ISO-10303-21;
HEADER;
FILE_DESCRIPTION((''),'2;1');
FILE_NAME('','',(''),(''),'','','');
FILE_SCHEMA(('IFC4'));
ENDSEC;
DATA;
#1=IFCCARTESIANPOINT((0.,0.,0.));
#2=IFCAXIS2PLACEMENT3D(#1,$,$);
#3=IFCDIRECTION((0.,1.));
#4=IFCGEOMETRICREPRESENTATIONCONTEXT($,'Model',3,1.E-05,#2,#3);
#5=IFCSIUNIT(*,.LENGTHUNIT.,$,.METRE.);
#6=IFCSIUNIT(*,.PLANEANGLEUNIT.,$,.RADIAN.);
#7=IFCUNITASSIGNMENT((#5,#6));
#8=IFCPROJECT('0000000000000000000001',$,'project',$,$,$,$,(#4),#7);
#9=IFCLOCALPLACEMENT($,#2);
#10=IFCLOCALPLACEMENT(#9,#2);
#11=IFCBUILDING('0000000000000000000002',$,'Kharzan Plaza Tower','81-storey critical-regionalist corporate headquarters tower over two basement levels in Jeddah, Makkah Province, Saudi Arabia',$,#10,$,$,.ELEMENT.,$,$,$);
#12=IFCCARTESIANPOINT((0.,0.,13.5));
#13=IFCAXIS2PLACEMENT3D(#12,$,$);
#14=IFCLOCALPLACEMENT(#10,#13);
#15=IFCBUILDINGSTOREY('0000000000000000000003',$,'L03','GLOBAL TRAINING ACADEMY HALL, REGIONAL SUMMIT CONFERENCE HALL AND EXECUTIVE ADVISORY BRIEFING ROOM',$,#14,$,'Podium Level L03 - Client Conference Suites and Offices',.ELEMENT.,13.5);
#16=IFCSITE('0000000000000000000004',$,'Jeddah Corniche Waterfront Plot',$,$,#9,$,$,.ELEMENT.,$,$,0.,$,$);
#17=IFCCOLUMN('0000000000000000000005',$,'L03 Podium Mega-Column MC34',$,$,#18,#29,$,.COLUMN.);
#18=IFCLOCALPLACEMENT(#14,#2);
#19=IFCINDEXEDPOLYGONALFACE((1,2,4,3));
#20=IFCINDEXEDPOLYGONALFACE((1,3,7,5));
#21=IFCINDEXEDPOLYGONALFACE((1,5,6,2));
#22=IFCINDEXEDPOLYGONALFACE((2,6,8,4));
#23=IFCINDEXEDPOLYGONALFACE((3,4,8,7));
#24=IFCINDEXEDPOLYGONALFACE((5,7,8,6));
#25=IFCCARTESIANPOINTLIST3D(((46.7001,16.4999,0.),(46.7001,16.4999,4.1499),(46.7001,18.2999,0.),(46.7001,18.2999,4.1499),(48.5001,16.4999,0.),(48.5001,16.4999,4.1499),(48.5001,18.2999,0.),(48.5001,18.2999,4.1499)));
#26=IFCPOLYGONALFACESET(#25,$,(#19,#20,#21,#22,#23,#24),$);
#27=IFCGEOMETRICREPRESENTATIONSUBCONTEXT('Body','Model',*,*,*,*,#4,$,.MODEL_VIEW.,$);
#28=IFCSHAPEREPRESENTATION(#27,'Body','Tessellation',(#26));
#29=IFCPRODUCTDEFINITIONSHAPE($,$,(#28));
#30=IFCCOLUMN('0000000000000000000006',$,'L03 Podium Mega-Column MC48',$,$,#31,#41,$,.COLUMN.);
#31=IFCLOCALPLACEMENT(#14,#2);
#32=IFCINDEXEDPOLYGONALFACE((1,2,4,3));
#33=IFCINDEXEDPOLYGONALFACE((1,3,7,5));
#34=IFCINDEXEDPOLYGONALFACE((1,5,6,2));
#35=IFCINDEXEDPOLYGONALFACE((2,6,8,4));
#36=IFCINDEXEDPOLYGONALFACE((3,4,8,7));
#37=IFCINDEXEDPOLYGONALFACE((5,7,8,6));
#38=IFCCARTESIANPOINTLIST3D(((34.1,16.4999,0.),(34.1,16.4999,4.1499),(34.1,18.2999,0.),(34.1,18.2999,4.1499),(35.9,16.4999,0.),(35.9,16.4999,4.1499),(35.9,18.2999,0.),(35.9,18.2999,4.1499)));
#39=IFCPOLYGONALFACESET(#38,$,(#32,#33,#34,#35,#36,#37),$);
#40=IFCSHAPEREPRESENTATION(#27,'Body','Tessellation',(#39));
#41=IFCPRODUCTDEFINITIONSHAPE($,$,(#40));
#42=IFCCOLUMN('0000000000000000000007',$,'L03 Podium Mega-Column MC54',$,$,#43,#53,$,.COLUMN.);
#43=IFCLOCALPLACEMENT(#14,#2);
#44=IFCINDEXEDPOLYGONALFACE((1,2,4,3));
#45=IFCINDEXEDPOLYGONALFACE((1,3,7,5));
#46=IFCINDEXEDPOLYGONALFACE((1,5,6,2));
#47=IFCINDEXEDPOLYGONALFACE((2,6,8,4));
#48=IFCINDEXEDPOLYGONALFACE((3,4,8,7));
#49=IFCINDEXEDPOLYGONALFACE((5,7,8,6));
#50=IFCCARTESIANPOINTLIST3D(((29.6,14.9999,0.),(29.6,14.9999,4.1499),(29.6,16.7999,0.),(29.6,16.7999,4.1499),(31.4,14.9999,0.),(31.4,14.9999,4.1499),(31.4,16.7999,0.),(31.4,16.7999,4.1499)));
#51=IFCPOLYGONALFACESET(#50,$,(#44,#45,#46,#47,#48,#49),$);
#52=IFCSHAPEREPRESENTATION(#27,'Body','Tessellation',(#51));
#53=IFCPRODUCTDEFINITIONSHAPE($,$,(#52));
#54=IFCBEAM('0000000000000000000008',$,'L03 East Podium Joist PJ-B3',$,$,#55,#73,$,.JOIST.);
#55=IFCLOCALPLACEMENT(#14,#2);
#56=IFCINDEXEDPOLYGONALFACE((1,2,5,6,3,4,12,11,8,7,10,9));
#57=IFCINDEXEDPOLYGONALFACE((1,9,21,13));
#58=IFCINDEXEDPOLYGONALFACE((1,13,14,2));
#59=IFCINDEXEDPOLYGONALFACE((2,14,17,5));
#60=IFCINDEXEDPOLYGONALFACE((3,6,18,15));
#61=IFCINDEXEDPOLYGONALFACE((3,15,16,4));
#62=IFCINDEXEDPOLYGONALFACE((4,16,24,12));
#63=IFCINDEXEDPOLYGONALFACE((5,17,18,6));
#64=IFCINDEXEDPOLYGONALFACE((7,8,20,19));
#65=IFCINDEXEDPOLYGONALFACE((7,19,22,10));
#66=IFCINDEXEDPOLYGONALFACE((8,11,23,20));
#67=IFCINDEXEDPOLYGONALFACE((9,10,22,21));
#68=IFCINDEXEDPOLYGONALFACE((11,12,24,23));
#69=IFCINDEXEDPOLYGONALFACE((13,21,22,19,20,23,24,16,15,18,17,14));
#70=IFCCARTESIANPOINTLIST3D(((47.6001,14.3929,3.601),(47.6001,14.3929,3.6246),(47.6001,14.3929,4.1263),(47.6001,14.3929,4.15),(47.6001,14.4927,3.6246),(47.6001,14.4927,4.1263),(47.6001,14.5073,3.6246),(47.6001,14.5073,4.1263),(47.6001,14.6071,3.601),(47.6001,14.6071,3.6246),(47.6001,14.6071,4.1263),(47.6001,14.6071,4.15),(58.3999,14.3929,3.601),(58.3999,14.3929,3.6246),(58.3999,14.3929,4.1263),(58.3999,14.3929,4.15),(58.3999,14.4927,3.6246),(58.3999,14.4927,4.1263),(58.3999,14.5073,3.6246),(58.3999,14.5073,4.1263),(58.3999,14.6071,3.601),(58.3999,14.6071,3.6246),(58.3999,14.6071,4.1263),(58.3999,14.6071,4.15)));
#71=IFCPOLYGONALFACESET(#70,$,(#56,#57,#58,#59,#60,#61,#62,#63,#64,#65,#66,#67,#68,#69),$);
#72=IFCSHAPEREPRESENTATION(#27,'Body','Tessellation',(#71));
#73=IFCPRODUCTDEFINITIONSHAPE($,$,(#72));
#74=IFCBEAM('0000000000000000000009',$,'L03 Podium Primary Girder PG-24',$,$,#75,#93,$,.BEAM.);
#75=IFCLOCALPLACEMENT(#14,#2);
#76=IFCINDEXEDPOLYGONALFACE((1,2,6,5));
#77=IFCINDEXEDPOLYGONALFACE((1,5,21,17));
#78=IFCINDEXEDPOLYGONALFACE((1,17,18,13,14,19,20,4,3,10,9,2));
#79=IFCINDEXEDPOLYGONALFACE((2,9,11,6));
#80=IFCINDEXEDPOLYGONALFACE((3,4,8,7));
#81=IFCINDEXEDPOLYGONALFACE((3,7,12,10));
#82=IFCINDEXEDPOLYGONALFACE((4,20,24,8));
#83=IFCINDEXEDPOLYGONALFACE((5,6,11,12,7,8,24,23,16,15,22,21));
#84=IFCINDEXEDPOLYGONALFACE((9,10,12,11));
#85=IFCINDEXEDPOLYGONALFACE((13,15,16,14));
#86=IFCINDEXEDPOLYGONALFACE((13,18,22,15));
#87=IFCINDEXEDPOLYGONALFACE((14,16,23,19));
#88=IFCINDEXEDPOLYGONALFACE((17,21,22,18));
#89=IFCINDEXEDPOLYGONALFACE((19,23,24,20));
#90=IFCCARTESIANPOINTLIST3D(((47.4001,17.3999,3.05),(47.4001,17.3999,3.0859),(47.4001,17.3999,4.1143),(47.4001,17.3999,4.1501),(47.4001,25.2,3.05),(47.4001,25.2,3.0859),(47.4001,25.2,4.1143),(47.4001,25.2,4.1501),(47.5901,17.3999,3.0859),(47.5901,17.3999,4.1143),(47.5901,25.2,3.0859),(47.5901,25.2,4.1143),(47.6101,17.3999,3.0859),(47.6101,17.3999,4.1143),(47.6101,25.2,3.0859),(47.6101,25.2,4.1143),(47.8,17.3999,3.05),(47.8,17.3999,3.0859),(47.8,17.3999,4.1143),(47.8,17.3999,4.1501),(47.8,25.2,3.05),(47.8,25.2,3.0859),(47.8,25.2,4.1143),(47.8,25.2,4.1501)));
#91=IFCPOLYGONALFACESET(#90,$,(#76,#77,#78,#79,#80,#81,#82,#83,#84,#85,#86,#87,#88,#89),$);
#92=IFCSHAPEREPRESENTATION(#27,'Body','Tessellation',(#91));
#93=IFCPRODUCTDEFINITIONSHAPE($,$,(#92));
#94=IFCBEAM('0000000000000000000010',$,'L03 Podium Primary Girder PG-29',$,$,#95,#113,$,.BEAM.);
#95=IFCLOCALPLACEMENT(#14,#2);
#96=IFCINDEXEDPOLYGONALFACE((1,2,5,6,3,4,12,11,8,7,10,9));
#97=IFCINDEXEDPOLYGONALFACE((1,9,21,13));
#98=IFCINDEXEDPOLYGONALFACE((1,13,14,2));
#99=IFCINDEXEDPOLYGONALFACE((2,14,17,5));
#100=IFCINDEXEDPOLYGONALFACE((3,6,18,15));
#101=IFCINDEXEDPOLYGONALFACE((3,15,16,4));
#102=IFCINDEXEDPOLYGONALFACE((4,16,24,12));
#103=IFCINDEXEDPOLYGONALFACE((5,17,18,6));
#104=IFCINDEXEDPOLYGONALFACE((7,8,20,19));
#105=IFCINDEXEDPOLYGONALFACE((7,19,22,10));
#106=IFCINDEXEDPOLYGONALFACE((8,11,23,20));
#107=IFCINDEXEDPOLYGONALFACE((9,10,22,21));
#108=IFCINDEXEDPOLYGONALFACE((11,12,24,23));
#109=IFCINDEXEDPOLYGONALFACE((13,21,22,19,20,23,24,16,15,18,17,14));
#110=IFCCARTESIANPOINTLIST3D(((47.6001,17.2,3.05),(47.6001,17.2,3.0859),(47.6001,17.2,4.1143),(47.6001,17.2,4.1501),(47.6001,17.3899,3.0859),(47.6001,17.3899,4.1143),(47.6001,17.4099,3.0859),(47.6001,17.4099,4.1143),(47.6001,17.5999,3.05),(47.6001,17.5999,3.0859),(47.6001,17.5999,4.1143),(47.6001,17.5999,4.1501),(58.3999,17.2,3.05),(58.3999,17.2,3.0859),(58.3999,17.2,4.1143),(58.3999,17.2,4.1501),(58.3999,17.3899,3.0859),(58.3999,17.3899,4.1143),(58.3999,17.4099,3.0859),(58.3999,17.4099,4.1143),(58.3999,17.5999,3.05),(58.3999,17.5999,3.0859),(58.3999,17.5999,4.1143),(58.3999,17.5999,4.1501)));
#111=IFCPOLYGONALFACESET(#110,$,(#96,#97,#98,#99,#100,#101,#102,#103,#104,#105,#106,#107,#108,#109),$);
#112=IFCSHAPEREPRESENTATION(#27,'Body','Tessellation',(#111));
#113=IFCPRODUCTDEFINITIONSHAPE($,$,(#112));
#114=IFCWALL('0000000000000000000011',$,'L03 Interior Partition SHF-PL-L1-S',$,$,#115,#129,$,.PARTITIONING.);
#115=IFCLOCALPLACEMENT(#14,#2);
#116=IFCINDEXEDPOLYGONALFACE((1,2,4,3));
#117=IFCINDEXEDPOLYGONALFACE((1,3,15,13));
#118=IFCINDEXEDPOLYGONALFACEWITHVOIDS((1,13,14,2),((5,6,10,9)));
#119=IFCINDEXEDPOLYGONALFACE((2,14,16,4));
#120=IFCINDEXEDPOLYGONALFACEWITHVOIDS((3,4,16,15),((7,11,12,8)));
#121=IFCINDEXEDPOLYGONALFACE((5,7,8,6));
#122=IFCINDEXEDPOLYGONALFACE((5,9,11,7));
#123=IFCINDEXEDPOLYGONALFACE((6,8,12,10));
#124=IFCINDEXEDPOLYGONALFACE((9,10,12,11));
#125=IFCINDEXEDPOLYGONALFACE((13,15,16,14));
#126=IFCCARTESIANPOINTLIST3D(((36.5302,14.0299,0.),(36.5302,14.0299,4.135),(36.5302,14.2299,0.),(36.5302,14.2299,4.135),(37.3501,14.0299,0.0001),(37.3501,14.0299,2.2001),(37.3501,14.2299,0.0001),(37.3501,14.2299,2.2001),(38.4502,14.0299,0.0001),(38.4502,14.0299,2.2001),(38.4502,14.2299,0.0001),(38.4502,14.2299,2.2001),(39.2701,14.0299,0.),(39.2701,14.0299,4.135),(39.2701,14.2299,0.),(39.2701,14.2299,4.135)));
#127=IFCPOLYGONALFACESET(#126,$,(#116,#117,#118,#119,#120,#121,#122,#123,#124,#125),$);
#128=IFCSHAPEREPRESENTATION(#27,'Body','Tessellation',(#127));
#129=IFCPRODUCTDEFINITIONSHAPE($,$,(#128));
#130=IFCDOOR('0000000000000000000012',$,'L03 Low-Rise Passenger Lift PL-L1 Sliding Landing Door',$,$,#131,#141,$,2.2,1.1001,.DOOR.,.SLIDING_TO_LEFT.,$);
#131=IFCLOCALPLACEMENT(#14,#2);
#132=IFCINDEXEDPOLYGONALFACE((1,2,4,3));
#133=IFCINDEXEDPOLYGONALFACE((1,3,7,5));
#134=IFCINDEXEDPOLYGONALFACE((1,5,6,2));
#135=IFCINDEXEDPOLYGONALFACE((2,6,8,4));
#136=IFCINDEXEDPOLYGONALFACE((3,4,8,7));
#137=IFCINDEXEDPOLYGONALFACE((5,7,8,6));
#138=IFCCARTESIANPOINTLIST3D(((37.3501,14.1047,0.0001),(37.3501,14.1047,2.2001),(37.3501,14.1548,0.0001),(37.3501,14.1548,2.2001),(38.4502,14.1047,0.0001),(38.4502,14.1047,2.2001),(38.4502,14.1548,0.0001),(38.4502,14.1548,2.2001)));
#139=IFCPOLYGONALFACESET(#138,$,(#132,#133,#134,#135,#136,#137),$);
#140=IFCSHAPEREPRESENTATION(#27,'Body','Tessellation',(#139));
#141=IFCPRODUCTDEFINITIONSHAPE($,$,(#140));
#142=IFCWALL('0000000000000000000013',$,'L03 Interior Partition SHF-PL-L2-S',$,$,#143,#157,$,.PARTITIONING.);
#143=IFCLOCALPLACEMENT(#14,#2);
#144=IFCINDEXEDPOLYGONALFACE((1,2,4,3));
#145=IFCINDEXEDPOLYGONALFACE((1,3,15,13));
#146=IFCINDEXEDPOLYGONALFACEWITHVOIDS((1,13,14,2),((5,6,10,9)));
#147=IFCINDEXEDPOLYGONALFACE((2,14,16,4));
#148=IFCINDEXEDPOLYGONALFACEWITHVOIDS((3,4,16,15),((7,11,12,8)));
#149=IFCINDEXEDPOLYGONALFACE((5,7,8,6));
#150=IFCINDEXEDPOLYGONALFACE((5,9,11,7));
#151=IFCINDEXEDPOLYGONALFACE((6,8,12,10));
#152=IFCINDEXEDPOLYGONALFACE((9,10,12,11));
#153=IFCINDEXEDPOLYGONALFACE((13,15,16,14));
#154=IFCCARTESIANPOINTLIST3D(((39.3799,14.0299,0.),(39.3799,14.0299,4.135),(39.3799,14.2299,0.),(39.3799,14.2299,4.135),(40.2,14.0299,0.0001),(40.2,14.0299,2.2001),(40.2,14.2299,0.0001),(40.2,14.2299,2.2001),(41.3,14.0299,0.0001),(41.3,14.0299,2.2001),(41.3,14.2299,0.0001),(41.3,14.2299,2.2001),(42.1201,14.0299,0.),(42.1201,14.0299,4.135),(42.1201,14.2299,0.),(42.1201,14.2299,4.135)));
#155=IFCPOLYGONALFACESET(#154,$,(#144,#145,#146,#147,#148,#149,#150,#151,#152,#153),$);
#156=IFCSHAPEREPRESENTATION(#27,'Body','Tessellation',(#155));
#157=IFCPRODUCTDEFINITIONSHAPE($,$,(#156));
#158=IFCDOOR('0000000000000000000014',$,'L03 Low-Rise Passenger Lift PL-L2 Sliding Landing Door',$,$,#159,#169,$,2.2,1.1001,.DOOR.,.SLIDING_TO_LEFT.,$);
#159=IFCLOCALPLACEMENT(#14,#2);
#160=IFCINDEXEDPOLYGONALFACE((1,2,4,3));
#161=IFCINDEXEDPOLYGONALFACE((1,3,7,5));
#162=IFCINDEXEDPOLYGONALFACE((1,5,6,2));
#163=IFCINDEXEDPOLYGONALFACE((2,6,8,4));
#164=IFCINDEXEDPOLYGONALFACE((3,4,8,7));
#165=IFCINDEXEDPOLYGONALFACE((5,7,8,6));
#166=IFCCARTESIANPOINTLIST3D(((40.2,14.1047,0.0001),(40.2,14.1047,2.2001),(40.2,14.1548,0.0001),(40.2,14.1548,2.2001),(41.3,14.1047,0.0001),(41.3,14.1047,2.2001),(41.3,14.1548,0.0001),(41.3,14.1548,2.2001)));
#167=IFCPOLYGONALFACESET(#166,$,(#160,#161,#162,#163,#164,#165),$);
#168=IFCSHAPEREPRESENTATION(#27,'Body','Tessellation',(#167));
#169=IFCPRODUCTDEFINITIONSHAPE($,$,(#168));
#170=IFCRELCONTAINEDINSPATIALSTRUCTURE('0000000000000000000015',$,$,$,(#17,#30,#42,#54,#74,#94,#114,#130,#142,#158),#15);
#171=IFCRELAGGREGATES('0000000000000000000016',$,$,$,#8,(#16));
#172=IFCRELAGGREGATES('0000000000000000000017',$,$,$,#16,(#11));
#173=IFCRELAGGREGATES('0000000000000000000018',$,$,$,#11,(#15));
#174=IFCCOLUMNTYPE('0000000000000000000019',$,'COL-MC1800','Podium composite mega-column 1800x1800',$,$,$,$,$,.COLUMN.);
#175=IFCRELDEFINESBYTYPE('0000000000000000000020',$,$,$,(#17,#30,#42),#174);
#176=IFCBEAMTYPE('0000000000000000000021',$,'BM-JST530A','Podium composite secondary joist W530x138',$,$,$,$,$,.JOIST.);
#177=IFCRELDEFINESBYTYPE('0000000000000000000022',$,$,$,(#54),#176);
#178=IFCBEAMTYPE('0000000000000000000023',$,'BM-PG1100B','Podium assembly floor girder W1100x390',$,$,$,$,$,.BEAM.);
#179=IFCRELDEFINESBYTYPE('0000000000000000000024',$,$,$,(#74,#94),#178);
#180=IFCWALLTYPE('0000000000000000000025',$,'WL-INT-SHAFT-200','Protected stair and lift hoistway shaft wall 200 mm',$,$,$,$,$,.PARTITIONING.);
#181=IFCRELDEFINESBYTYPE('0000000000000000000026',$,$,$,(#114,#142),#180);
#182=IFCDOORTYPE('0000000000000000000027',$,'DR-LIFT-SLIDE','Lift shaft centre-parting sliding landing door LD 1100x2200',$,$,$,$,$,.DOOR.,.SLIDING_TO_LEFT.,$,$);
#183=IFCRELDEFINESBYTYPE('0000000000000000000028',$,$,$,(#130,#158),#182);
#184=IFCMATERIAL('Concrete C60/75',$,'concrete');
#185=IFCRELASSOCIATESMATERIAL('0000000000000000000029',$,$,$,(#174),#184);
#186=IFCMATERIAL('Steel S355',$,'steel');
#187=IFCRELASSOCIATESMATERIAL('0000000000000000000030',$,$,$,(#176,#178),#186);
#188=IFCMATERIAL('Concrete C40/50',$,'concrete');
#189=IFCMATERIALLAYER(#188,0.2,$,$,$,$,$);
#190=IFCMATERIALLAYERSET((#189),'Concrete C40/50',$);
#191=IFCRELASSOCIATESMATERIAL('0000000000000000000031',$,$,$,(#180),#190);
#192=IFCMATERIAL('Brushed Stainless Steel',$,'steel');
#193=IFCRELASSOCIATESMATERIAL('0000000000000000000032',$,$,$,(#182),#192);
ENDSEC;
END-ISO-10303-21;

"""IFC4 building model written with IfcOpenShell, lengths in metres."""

from ifc_helpers import new_model, si_unit, direction, frame, frame_2d, origin, origin_2d, place, context, subcontext, project, spatial, rectangle, i_section, extrude, source, transform, mapped, material, layer, layer_set, material_profile, profile_set, type_object, element, fill, save


model = new_model("IFC4")

# Units and contexts
model_context = context("Model", 3, precision=1e-05, world=origin(), true_north=direction((0.0, 1.0)))
body_context = subcontext(model_context, "Body", "Model", "MODEL_VIEW")
ifc_project = project(units=[si_unit("LENGTHUNIT", "METRE"), si_unit("PLANEANGLEUNIT", "RADIAN")], contexts=[model_context])

# Site, building, storey
site_placement = place(None, origin())
site = spatial("IfcSite", under=ifc_project, at=site_placement, Name="Jeddah Corniche Waterfront Plot", CompositionType="ELEMENT", RefElevation=0.0)
building_placement = place(site_placement, origin())
building = spatial("IfcBuilding", under=site, at=building_placement, Name="Kharzan Plaza Tower", Description="81-storey critical-regionalist corporate headquarters tower over two basement levels in Jeddah, Makkah Province, Saudi Arabia", CompositionType="ELEMENT")
storey_placement = place(building_placement, frame((0.0, 0.0, 13.5)))
storey = spatial("IfcBuildingStorey", under=building, at=storey_placement, Name="L03", Description="GLOBAL TRAINING ACADEMY HALL, REGIONAL SUMMIT CONFERENCE HALL AND EXECUTIVE ADVISORY BRIEFING ROOM", LongName="Podium Level L03 - Client Conference Suites and Offices", CompositionType="ELEMENT", Elevation=13.5)

# Columns
ifc_material_1 = material(Name="Concrete C60/75", Category="concrete")
ifc_material_profile_1 = material_profile(ifc_material_1, rectangle(XDim=1.8, YDim=1.8, at=origin_2d()), Name="RC-MC1800x1800")
ifc_profile_set_1 = profile_set([ifc_material_profile_1], Name="Concrete C60/75")
column_type = type_object("IfcColumnType", Name="COL-MC1800", Description="Podium composite mega-column 1800x1800", PredefinedType="COLUMN", material=ifc_profile_set_1)
shared_shape_1 = source(origin(), body_context, "Body", "SweptSolid", [
    extrude(rectangle(XDim=1.8, YDim=1.8, at=origin_2d()), origin(), (0.0, 0.0, 1.0), 4.1499),
])
for number, where, z_axis, x_axis, name in (
    (1, (47.6001, 17.3999, 0.0), (0.0, 0.0, 1.0), (1.0, 0.0, 0.0), "L03 Podium Mega-Column MC34"),
    (2, (35.0, 17.3999, 0.0), (0.0, 0.0, 1.0), (1.0, 0.0, 0.0), "L03 Podium Mega-Column MC48"),
    (3, (30.5, 15.8999, 0.0), (0.0, 0.0, 1.0), (1.0, 0.0, 0.0), "L03 Podium Mega-Column MC54"),
):
    element("IfcColumn", number, at=place(storey_placement, frame(where, z_axis=z_axis, x_axis=x_axis)), inside=storey, type_object=column_type, Name=name, PredefinedType="COLUMN", context=body_context, shape_type="MappedRepresentation", body=[
        mapped(shared_shape_1, transform((0.0, 0.0, 0.0), x_axis=(1.0, 0.0, 0.0), y_axis=(0.0, 1.0, 0.0), z_axis=(0.0, 0.0, 1.0))),
    ])

# Beams
ifc_material_2 = material(Name="Steel S355", Category="steel")
ifc_material_profile_2 = material_profile(ifc_material_2, i_section(OverallWidth=0.2141, OverallDepth=0.5491, WebThickness=0.0146, FlangeThickness=0.0237, at=origin_2d()), Name="W530x138")
ifc_profile_set_2 = profile_set([ifc_material_profile_2], Name="Steel S355")
beam_type_1 = type_object("IfcBeamType", Name="BM-JST530A", Description="Podium composite secondary joist W530x138", PredefinedType="JOIST", material=ifc_profile_set_2)
shared_shape_2 = source(origin(), body_context, "Body", "SweptSolid", [
    extrude(i_section(OverallWidth=0.2141, OverallDepth=0.5491, WebThickness=0.0146, FlangeThickness=0.0237, at=origin_2d()), origin(), (0.0, 0.0, 1.0), 10.7998),
])
beam_1_placement = place(storey_placement, frame((47.6001, 14.5, 3.8755), z_axis=(1.0, 0.0, 0.0), x_axis=(0.0, 1.0, 0.0)))
element("IfcBeam", 4, at=beam_1_placement, inside=storey, type_object=beam_type_1, Name="L03 East Podium Joist PJ-B3", PredefinedType="JOIST", context=body_context, shape_type="MappedRepresentation", body=[
    mapped(shared_shape_2, transform((0.0, 0.0, 0.0), x_axis=(1.0, 0.0, 0.0), y_axis=(0.0, 1.0, 0.0), z_axis=(0.0, 0.0, 1.0))),
])
ifc_material_profile_3 = material_profile(ifc_material_2, i_section(OverallWidth=0.3999, OverallDepth=1.1001, WebThickness=0.02, FlangeThickness=0.0359, at=origin_2d()), Name="W1100x390")
ifc_profile_set_3 = profile_set([ifc_material_profile_3], Name="Steel S355")
beam_type_2 = type_object("IfcBeamType", Name="BM-PG1100B", Description="Podium assembly floor girder W1100x390", PredefinedType="BEAM", material=ifc_profile_set_3)
shared_shape_3 = source(origin(), body_context, "Body", "SweptSolid", [
    extrude(i_section(OverallWidth=0.3999, OverallDepth=1.1001, WebThickness=0.02, FlangeThickness=0.0359, at=origin_2d()), origin(), (0.0, 0.0, 1.0), 7.8),
])
beam_2_placement = place(storey_placement, frame((47.6001, 17.3999, 3.6001), z_axis=(0.0, 1.0, 0.0), x_axis=(-1.0, 0.0, 0.0)))
element("IfcBeam", 5, at=beam_2_placement, inside=storey, type_object=beam_type_2, Name="L03 Podium Primary Girder PG-24", PredefinedType="BEAM", context=body_context, shape_type="MappedRepresentation", body=[
    mapped(shared_shape_3, transform((0.0, 0.0, 0.0), x_axis=(1.0, 0.0, 0.0), y_axis=(0.0, 1.0, 0.0), z_axis=(0.0, 0.0, 1.0))),
])
shared_shape_4 = source(origin(), body_context, "Body", "SweptSolid", [
    extrude(i_section(OverallWidth=0.3999, OverallDepth=1.1001, WebThickness=0.02, FlangeThickness=0.0359, at=origin_2d()), origin(), (0.0, 0.0, 1.0), 10.7998),
])
beam_3_placement = place(storey_placement, frame((47.6001, 17.3999, 3.6001), z_axis=(1.0, 0.0, 0.0), x_axis=(0.0, 1.0, 0.0)))
element("IfcBeam", 6, at=beam_3_placement, inside=storey, type_object=beam_type_2, Name="L03 Podium Primary Girder PG-29", PredefinedType="BEAM", context=body_context, shape_type="MappedRepresentation", body=[
    mapped(shared_shape_4, transform((0.0, 0.0, 0.0), x_axis=(1.0, 0.0, 0.0), y_axis=(0.0, 1.0, 0.0), z_axis=(0.0, 0.0, 1.0))),
])

# Walls, openings, doors
ifc_material_3 = material(Name="Concrete C40/50", Category="concrete")
ifc_layer_1 = layer(ifc_material_3, 0.2)
ifc_layer_set_1 = layer_set([ifc_layer_1], Name="Concrete C40/50")
wall_type_1 = type_object("IfcWallType", Name="WL-INT-SHAFT-200", Description="Protected stair and lift hoistway shaft wall 200 mm", PredefinedType="PARTITIONING", material=ifc_layer_set_1)
wall_1_placement = place(storey_placement, frame((36.53, 14.1299, 0.0), z_axis=(0.0, 0.0, 1.0), x_axis=(1.0, 0.0, 0.0)))
wall_1 = element("IfcWall", 7, at=wall_1_placement, inside=storey, type_object=wall_type_1, Name="L03 Interior Partition SHF-PL-L1-S", PredefinedType="PARTITIONING", context=body_context, shape_type="SweptSolid", body=[
    extrude(rectangle(XDim=2.74, YDim=0.2, at=frame_2d((1.3701, 0.0))), origin(), (0.0, 0.0, 1.0), 4.135),
])
opening_1_placement = place(wall_1_placement, frame((0.8201, 0.0, 0.0)))
opening_1 = element("IfcOpeningElement", 8, at=opening_1_placement, cuts=wall_1, PredefinedType="OPENING", context=body_context, shape_type="SweptSolid", body=[
    extrude(rectangle(XDim=1.1001, YDim=2.2, at=frame_2d((0.55, 1.1001))), frame((0.0, 0.1099, 0.0), z_axis=(0.0, -1.0, 0.0), x_axis=(1.0, 0.0, 0.0)), (0.0, 0.0, 1.0), 0.22),
])
ifc_material_4 = material(Name="Brushed Stainless Steel", Category="steel")
door_type = type_object("IfcDoorType", Name="DR-LIFT-SLIDE", Description="Lift shaft centre-parting sliding landing door LD 1100x2200", OperationType="SLIDING_TO_LEFT", PredefinedType="DOOR", material=ifc_material_4)
shared_shape_5 = source(origin(), body_context, "Body", "SweptSolid", [
    extrude(rectangle(XDim=1.1001, YDim=2.2, at=frame_2d((0.55, 1.1001))), frame((0.0, 0.0249, 0.0), z_axis=(0.0, -1.0, 0.0), x_axis=(1.0, 0.0, 0.0)), (0.0, 0.0, 1.0), 0.05),
])
door_1_placement = place(opening_1_placement, origin())
door_1 = element("IfcDoor", 9, at=door_1_placement, inside=storey, type_object=door_type, Name="L03 Low-Rise Passenger Lift PL-L1 Sliding Landing Door", OperationType="SLIDING_TO_LEFT", OverallHeight=2.2, OverallWidth=1.1001, PredefinedType="DOOR", context=body_context, shape_type="MappedRepresentation", body=[
    mapped(shared_shape_5, transform((0.0, 0.0, 0.0), x_axis=(1.0, 0.0, 0.0), y_axis=(0.0, 1.0, 0.0), z_axis=(0.0, 0.0, 1.0))),
])
fill(opening_1, door_1)
wall_2_placement = place(storey_placement, frame((39.3799, 14.1299, 0.0), z_axis=(0.0, 0.0, 1.0), x_axis=(1.0, 0.0, 0.0)))
wall_2 = element("IfcWall", 10, at=wall_2_placement, inside=storey, type_object=wall_type_1, Name="L03 Interior Partition SHF-PL-L2-S", PredefinedType="PARTITIONING", context=body_context, shape_type="SweptSolid", body=[
    extrude(rectangle(XDim=2.7402, YDim=0.2, at=frame_2d((1.3701, 0.0))), origin(), (0.0, 0.0, 1.0), 4.135),
])
opening_2_placement = place(wall_2_placement, frame((0.8201, 0.0, 0.0)))
opening_2 = element("IfcOpeningElement", 11, at=opening_2_placement, cuts=wall_2, PredefinedType="OPENING", context=body_context, shape_type="SweptSolid", body=[
    extrude(rectangle(XDim=1.1001, YDim=2.2, at=frame_2d((0.55, 1.1001))), frame((0.0, 0.1099, 0.0), z_axis=(0.0, -1.0, 0.0), x_axis=(1.0, 0.0, 0.0)), (0.0, 0.0, 1.0), 0.22),
])
door_2_placement = place(opening_2_placement, origin())
door_2 = element("IfcDoor", 12, at=door_2_placement, inside=storey, type_object=door_type, Name="L03 Low-Rise Passenger Lift PL-L2 Sliding Landing Door", OperationType="SLIDING_TO_LEFT", OverallHeight=2.2, OverallWidth=1.1001, PredefinedType="DOOR", context=body_context, shape_type="MappedRepresentation", body=[
    mapped(shared_shape_5, transform((0.0, 0.0, 0.0), x_axis=(1.0, 0.0, 0.0), y_axis=(0.0, 1.0, 0.0), z_axis=(0.0, 0.0, 1.0))),
])
fill(opening_2, door_2)

save(model, "model.ifc")
